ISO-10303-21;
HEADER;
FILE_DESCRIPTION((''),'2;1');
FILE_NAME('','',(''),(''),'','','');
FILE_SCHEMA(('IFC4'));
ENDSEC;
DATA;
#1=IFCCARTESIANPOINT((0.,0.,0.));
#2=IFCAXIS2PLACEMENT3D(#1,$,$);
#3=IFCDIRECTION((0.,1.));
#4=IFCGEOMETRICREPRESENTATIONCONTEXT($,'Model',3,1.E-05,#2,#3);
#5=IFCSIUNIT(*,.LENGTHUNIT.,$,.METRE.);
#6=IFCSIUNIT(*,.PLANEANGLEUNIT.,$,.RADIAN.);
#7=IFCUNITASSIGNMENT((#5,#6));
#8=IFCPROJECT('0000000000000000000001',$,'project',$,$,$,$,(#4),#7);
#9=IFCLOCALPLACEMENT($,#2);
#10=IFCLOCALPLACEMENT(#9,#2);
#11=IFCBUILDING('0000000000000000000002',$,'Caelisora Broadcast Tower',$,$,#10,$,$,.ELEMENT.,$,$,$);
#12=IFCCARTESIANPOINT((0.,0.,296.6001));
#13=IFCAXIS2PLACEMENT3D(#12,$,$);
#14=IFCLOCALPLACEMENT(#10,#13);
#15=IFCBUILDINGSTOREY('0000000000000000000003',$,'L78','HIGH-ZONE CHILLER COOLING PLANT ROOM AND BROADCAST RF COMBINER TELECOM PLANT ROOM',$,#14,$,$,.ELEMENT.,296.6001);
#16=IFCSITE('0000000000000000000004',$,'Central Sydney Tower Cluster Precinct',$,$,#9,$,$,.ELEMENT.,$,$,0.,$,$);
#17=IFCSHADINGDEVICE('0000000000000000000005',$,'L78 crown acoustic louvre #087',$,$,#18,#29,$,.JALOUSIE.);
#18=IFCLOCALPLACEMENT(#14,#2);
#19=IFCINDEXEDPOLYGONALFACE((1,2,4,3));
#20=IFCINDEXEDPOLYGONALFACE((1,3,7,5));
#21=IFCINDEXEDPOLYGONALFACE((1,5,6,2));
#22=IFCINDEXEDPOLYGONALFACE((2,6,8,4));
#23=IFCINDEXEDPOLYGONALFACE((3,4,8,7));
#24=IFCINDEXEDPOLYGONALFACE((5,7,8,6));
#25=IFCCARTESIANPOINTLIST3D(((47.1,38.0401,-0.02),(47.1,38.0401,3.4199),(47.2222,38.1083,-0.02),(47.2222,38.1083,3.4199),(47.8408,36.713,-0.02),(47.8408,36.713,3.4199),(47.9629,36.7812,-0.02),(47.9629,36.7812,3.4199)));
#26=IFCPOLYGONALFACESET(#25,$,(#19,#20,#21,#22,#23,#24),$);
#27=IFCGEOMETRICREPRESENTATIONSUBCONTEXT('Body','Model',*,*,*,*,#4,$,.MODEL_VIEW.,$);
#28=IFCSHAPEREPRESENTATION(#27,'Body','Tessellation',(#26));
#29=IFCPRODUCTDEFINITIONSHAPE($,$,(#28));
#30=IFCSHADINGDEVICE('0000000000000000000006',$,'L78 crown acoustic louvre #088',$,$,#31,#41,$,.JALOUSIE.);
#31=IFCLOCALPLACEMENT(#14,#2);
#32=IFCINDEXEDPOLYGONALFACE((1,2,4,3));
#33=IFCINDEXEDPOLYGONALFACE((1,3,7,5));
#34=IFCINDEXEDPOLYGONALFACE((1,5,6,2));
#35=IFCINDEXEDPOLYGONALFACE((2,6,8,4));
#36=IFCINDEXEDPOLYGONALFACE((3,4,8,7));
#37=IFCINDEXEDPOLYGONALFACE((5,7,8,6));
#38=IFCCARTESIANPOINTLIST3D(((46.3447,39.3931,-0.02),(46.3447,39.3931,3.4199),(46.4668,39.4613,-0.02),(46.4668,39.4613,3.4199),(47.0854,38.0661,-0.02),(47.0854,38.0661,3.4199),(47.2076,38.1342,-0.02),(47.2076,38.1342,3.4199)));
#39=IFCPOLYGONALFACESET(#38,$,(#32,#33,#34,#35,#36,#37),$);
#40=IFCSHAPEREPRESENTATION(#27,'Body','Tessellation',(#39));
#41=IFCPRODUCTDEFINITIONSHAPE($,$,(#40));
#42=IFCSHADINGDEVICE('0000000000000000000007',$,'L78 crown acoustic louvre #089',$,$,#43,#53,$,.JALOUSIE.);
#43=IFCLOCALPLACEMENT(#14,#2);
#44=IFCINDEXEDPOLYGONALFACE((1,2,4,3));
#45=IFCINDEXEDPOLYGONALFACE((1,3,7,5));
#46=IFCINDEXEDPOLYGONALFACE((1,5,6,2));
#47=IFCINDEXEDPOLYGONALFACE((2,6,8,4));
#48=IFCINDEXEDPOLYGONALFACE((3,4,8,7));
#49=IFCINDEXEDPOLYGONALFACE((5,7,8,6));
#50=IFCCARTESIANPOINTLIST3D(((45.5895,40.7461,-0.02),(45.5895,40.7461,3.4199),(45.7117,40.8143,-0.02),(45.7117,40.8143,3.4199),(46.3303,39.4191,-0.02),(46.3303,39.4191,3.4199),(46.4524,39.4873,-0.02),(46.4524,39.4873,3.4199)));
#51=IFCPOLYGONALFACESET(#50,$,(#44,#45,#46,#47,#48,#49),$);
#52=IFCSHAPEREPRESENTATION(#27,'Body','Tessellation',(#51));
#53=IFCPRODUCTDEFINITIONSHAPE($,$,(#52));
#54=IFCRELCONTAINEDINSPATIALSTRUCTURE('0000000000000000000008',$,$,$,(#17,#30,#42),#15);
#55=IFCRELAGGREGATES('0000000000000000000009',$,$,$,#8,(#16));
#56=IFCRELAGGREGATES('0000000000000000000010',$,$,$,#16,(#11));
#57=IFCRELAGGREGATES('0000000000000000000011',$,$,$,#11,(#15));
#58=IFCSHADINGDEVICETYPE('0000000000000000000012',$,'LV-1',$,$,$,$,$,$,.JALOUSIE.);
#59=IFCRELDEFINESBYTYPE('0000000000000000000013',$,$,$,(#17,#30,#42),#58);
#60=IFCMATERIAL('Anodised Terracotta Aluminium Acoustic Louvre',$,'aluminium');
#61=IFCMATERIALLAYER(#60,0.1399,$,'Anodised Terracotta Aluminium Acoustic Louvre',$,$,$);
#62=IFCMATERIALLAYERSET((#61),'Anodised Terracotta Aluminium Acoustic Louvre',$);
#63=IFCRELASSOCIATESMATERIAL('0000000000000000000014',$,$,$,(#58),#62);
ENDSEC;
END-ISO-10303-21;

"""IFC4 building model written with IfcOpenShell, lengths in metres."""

from ifc_helpers import new_model, si_unit, direction, frame, origin, origin_2d, place, context, subcontext, project, spatial, rectangle, extrude, source, transform, mapped, material, layer, layer_set, type_object, type_shapes, element, save


model = new_model("IFC4")

# Units and contexts
model_context = context("Model", 3, precision=1e-05, world=origin(), true_north=direction((0.0, 1.0)))
body_context = subcontext(model_context, "Body", "Model", "MODEL_VIEW")
ifc_project = project(units=[si_unit("LENGTHUNIT", "METRE"), si_unit("PLANEANGLEUNIT", "RADIAN")], contexts=[model_context])

# Site, building, storey
site_placement = place(None, origin())
site = spatial("IfcSite", under=ifc_project, at=site_placement, Name="Central Sydney Tower Cluster Precinct", CompositionType="ELEMENT", RefElevation=0.0)
building_placement = place(site_placement, origin())
building = spatial("IfcBuilding", under=site, at=building_placement, Name="Caelisora Broadcast Tower", CompositionType="ELEMENT")
storey_placement = place(building_placement, frame((0.0, 0.0, 296.6001)))
storey = spatial("IfcBuildingStorey", under=building, at=storey_placement, Name="L78", Description="HIGH-ZONE CHILLER COOLING PLANT ROOM AND BROADCAST RF COMBINER TELECOM PLANT ROOM", CompositionType="ELEMENT", Elevation=296.6001)

# Shading devices
ifc_material_1 = material(Name="Anodised Terracotta Aluminium Acoustic Louvre", Category="aluminium")
ifc_layer_1 = layer(ifc_material_1, 0.1399, Name="Anodised Terracotta Aluminium Acoustic Louvre")
ifc_layer_set_1 = layer_set([ifc_layer_1], Name="Anodised Terracotta Aluminium Acoustic Louvre")
shading_device_type = type_object("IfcShadingDeviceType", Name="LV-1", PredefinedType="JALOUSIE", material=ifc_layer_set_1)
shared_shape_1 = source(origin(), body_context, "Body", "SweptSolid", [
    extrude(rectangle(XDim=1.5198, YDim=0.1399, at=origin_2d()), origin(), (0.0, 0.0, 1.0), 3.4399),
])
type_shapes(shading_device_type, [shared_shape_1])
for number, where, z_axis, x_axis, name in (
    (1, (47.5315, 37.4106, -0.02), (0.0, 0.0, 1.0), (-0.487403, 0.873177, 0.0), "L78 crown acoustic louvre #087"),
    (2, (46.7761, 38.7637, -0.02), (0.0, 0.0, 1.0), (-0.487403, 0.873177, 0.0), "L78 crown acoustic louvre #088"),
    (3, (46.021, 40.1167, -0.02), (0.0, 0.0, 1.0), (-0.487403, 0.873177, 0.0), "L78 crown acoustic louvre #089"),
):
    element("IfcShadingDevice", number, at=place(storey_placement, frame(where, z_axis=z_axis, x_axis=x_axis)), inside=storey, type_object=shading_device_type, Name=name, PredefinedType="JALOUSIE", context=body_context, shape_type="MappedRepresentation", body=[
        mapped(shared_shape_1, transform((0.0, 0.0, 0.0), scale=1.0)),
    ])

save(model, "model.ifc")
